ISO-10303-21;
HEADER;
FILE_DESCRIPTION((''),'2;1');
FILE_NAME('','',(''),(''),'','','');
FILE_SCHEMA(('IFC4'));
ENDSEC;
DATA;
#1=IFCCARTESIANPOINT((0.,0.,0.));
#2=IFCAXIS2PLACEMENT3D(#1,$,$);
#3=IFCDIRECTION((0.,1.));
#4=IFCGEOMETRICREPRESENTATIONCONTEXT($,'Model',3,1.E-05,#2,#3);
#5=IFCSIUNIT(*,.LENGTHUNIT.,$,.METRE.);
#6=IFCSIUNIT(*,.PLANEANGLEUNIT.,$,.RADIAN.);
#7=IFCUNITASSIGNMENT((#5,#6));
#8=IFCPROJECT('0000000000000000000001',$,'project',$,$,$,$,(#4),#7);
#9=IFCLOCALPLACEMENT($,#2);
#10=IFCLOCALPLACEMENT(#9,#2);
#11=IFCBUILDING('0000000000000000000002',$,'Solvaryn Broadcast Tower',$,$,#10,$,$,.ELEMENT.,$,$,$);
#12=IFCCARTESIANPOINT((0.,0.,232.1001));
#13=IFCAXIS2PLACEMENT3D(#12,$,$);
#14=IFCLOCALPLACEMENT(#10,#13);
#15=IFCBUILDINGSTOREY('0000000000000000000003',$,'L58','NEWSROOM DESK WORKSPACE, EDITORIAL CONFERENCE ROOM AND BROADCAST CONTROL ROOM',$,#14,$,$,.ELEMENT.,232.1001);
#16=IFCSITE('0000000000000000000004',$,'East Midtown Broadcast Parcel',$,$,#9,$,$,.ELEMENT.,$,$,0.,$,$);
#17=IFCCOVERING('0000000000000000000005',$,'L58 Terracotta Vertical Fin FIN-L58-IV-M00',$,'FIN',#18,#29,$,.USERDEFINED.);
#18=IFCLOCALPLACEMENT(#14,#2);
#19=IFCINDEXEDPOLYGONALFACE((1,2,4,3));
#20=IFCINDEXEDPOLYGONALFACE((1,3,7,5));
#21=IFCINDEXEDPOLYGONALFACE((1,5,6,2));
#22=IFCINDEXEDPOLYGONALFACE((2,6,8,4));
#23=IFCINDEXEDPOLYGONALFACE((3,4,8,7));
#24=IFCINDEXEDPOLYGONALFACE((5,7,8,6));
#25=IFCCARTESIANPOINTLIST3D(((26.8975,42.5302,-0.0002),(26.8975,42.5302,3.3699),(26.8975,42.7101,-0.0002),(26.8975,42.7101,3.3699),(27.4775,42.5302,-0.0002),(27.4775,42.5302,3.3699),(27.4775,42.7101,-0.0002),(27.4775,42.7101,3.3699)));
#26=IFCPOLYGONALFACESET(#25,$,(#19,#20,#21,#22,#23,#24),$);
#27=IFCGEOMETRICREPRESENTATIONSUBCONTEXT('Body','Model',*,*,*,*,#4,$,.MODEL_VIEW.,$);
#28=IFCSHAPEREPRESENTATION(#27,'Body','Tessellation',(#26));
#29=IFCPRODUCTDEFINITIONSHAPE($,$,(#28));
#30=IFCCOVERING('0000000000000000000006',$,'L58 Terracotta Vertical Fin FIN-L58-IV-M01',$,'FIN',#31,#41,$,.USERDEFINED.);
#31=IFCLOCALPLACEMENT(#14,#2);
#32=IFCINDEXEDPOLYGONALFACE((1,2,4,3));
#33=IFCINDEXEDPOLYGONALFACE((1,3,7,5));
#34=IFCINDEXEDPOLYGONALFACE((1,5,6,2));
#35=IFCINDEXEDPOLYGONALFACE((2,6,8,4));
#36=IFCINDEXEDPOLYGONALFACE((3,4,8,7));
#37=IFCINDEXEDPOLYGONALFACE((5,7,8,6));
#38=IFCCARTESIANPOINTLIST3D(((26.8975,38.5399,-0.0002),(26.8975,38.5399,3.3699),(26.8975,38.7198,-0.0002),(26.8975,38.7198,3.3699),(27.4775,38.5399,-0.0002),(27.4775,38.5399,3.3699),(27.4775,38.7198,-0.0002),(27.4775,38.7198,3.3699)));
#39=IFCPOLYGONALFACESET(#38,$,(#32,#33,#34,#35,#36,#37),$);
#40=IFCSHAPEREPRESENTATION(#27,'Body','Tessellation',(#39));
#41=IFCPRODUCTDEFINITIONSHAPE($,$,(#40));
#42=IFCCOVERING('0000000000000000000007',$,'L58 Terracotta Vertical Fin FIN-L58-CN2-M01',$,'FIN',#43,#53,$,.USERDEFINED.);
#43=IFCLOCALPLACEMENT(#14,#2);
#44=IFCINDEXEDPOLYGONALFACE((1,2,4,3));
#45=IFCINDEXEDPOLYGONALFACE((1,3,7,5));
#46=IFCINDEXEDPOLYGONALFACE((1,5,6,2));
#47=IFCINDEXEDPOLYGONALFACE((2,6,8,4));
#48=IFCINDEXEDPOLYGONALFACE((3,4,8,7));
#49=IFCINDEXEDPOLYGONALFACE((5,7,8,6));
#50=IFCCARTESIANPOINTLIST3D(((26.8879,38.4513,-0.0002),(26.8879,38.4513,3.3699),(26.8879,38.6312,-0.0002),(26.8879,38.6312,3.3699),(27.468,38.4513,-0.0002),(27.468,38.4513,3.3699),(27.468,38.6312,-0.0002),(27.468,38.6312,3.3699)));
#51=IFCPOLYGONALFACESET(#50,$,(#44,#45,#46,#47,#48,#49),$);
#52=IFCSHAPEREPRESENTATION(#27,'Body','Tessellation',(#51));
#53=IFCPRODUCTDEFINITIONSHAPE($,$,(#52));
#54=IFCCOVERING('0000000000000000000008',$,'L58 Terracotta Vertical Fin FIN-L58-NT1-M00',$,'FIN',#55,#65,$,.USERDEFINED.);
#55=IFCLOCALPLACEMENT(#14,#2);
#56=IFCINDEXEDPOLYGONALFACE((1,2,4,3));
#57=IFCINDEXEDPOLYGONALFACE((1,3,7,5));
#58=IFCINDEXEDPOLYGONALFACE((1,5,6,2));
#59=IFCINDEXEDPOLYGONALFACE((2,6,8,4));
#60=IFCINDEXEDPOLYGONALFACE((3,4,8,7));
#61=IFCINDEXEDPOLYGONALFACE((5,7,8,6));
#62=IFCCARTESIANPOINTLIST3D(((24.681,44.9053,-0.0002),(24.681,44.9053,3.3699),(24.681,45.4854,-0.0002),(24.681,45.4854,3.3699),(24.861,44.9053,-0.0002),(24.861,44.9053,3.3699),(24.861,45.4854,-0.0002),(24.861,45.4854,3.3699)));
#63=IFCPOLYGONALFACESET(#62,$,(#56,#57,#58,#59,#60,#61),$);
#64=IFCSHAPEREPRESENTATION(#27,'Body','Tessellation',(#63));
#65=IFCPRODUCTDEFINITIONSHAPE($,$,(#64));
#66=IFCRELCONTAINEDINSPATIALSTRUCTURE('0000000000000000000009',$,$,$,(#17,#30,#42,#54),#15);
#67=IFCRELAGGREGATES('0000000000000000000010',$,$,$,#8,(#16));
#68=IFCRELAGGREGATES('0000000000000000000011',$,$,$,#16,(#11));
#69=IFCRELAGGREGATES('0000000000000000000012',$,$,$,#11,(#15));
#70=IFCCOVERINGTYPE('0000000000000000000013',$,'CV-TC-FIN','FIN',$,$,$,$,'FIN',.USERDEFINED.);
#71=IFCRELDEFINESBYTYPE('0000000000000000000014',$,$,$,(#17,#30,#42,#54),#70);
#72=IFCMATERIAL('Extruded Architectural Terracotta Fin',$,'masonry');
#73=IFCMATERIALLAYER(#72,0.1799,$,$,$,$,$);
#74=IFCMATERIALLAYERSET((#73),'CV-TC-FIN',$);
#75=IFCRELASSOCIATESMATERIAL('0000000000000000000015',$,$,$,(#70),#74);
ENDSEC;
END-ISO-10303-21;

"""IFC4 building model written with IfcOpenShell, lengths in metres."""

from ifc_helpers import new_model, si_unit, direction, frame, origin, origin_2d, place, context, subcontext, project, spatial, rectangle, extrude, material, layer, layer_set, type_object, element, save


model = new_model("IFC4")

# Units and contexts
model_context = context("Model", 3, precision=1e-05, world=origin(), true_north=direction((0.0, 1.0)))
body_context = subcontext(model_context, "Body", "Model", "MODEL_VIEW")
ifc_project = project(units=[si_unit("LENGTHUNIT", "METRE"), si_unit("PLANEANGLEUNIT", "RADIAN")], contexts=[model_context])

# Site, building, storey
site_placement = place(None, origin())
site = spatial("IfcSite", under=ifc_project, at=site_placement, Name="East Midtown Broadcast Parcel", CompositionType="ELEMENT", RefElevation=0.0)
building_placement = place(site_placement, origin())
building = spatial("IfcBuilding", under=site, at=building_placement, Name="Solvaryn Broadcast Tower", CompositionType="ELEMENT")
storey_placement = place(building_placement, frame((0.0, 0.0, 232.1001)))
storey = spatial("IfcBuildingStorey", under=building, at=storey_placement, Name="L58", Description="NEWSROOM DESK WORKSPACE, EDITORIAL CONFERENCE ROOM AND BROADCAST CONTROL ROOM", CompositionType="ELEMENT", Elevation=232.1001)

# Coverings
ifc_material_1 = material(Name="Extruded Architectural Terracotta Fin", Category="masonry")
ifc_layer_1 = layer(ifc_material_1, 0.1799)
ifc_layer_set_1 = layer_set([ifc_layer_1], Name="CV-TC-FIN")
covering_type = type_object("IfcCoveringType", Name="CV-TC-FIN", Description="FIN", ElementType="FIN", PredefinedType="USERDEFINED", material=ifc_layer_set_1)
for number, where, z_axis, x_axis, name in (
    (1, (27.1875, 42.6201, -0.0002), (0.0, 0.0, 1.0), (1.0, 0.0, 0.0), "L58 Terracotta Vertical Fin FIN-L58-IV-M00"),
    (2, (27.1875, 38.6299, -0.0002), (0.0, 0.0, 1.0), (1.0, 0.0, 0.0), "L58 Terracotta Vertical Fin FIN-L58-IV-M01"),
    (3, (27.178, 38.5413, -0.0002), (0.0, 0.0, 1.0), (1.0, 0.0, 0.0), "L58 Terracotta Vertical Fin FIN-L58-CN2-M01"),
):
    element("IfcCovering", number, at=place(storey_placement, frame(where, z_axis=z_axis, x_axis=x_axis)), inside=storey, type_object=covering_type, Name=name, ObjectType="FIN", PredefinedType="USERDEFINED", context=body_context, shape_type="SweptSolid", body=[
        extrude(rectangle(XDim=0.5801, YDim=0.1799, at=origin_2d()), origin(), (0.0, 0.0, 1.0), 3.3701),
    ])
covering_placement = place(storey_placement, frame((24.771, 45.1953, -0.0002), z_axis=(0.0, 0.0, 1.0), x_axis=(1.0, 0.0, 0.0)))
element("IfcCovering", 4, at=covering_placement, inside=storey, type_object=covering_type, Name="L58 Terracotta Vertical Fin FIN-L58-NT1-M00", ObjectType="FIN", PredefinedType="USERDEFINED", context=body_context, shape_type="SweptSolid", body=[
    extrude(rectangle(XDim=0.1799, YDim=0.5801, at=origin_2d()), origin(), (0.0, 0.0, 1.0), 3.3701),
])

save(model, "model.ifc")
